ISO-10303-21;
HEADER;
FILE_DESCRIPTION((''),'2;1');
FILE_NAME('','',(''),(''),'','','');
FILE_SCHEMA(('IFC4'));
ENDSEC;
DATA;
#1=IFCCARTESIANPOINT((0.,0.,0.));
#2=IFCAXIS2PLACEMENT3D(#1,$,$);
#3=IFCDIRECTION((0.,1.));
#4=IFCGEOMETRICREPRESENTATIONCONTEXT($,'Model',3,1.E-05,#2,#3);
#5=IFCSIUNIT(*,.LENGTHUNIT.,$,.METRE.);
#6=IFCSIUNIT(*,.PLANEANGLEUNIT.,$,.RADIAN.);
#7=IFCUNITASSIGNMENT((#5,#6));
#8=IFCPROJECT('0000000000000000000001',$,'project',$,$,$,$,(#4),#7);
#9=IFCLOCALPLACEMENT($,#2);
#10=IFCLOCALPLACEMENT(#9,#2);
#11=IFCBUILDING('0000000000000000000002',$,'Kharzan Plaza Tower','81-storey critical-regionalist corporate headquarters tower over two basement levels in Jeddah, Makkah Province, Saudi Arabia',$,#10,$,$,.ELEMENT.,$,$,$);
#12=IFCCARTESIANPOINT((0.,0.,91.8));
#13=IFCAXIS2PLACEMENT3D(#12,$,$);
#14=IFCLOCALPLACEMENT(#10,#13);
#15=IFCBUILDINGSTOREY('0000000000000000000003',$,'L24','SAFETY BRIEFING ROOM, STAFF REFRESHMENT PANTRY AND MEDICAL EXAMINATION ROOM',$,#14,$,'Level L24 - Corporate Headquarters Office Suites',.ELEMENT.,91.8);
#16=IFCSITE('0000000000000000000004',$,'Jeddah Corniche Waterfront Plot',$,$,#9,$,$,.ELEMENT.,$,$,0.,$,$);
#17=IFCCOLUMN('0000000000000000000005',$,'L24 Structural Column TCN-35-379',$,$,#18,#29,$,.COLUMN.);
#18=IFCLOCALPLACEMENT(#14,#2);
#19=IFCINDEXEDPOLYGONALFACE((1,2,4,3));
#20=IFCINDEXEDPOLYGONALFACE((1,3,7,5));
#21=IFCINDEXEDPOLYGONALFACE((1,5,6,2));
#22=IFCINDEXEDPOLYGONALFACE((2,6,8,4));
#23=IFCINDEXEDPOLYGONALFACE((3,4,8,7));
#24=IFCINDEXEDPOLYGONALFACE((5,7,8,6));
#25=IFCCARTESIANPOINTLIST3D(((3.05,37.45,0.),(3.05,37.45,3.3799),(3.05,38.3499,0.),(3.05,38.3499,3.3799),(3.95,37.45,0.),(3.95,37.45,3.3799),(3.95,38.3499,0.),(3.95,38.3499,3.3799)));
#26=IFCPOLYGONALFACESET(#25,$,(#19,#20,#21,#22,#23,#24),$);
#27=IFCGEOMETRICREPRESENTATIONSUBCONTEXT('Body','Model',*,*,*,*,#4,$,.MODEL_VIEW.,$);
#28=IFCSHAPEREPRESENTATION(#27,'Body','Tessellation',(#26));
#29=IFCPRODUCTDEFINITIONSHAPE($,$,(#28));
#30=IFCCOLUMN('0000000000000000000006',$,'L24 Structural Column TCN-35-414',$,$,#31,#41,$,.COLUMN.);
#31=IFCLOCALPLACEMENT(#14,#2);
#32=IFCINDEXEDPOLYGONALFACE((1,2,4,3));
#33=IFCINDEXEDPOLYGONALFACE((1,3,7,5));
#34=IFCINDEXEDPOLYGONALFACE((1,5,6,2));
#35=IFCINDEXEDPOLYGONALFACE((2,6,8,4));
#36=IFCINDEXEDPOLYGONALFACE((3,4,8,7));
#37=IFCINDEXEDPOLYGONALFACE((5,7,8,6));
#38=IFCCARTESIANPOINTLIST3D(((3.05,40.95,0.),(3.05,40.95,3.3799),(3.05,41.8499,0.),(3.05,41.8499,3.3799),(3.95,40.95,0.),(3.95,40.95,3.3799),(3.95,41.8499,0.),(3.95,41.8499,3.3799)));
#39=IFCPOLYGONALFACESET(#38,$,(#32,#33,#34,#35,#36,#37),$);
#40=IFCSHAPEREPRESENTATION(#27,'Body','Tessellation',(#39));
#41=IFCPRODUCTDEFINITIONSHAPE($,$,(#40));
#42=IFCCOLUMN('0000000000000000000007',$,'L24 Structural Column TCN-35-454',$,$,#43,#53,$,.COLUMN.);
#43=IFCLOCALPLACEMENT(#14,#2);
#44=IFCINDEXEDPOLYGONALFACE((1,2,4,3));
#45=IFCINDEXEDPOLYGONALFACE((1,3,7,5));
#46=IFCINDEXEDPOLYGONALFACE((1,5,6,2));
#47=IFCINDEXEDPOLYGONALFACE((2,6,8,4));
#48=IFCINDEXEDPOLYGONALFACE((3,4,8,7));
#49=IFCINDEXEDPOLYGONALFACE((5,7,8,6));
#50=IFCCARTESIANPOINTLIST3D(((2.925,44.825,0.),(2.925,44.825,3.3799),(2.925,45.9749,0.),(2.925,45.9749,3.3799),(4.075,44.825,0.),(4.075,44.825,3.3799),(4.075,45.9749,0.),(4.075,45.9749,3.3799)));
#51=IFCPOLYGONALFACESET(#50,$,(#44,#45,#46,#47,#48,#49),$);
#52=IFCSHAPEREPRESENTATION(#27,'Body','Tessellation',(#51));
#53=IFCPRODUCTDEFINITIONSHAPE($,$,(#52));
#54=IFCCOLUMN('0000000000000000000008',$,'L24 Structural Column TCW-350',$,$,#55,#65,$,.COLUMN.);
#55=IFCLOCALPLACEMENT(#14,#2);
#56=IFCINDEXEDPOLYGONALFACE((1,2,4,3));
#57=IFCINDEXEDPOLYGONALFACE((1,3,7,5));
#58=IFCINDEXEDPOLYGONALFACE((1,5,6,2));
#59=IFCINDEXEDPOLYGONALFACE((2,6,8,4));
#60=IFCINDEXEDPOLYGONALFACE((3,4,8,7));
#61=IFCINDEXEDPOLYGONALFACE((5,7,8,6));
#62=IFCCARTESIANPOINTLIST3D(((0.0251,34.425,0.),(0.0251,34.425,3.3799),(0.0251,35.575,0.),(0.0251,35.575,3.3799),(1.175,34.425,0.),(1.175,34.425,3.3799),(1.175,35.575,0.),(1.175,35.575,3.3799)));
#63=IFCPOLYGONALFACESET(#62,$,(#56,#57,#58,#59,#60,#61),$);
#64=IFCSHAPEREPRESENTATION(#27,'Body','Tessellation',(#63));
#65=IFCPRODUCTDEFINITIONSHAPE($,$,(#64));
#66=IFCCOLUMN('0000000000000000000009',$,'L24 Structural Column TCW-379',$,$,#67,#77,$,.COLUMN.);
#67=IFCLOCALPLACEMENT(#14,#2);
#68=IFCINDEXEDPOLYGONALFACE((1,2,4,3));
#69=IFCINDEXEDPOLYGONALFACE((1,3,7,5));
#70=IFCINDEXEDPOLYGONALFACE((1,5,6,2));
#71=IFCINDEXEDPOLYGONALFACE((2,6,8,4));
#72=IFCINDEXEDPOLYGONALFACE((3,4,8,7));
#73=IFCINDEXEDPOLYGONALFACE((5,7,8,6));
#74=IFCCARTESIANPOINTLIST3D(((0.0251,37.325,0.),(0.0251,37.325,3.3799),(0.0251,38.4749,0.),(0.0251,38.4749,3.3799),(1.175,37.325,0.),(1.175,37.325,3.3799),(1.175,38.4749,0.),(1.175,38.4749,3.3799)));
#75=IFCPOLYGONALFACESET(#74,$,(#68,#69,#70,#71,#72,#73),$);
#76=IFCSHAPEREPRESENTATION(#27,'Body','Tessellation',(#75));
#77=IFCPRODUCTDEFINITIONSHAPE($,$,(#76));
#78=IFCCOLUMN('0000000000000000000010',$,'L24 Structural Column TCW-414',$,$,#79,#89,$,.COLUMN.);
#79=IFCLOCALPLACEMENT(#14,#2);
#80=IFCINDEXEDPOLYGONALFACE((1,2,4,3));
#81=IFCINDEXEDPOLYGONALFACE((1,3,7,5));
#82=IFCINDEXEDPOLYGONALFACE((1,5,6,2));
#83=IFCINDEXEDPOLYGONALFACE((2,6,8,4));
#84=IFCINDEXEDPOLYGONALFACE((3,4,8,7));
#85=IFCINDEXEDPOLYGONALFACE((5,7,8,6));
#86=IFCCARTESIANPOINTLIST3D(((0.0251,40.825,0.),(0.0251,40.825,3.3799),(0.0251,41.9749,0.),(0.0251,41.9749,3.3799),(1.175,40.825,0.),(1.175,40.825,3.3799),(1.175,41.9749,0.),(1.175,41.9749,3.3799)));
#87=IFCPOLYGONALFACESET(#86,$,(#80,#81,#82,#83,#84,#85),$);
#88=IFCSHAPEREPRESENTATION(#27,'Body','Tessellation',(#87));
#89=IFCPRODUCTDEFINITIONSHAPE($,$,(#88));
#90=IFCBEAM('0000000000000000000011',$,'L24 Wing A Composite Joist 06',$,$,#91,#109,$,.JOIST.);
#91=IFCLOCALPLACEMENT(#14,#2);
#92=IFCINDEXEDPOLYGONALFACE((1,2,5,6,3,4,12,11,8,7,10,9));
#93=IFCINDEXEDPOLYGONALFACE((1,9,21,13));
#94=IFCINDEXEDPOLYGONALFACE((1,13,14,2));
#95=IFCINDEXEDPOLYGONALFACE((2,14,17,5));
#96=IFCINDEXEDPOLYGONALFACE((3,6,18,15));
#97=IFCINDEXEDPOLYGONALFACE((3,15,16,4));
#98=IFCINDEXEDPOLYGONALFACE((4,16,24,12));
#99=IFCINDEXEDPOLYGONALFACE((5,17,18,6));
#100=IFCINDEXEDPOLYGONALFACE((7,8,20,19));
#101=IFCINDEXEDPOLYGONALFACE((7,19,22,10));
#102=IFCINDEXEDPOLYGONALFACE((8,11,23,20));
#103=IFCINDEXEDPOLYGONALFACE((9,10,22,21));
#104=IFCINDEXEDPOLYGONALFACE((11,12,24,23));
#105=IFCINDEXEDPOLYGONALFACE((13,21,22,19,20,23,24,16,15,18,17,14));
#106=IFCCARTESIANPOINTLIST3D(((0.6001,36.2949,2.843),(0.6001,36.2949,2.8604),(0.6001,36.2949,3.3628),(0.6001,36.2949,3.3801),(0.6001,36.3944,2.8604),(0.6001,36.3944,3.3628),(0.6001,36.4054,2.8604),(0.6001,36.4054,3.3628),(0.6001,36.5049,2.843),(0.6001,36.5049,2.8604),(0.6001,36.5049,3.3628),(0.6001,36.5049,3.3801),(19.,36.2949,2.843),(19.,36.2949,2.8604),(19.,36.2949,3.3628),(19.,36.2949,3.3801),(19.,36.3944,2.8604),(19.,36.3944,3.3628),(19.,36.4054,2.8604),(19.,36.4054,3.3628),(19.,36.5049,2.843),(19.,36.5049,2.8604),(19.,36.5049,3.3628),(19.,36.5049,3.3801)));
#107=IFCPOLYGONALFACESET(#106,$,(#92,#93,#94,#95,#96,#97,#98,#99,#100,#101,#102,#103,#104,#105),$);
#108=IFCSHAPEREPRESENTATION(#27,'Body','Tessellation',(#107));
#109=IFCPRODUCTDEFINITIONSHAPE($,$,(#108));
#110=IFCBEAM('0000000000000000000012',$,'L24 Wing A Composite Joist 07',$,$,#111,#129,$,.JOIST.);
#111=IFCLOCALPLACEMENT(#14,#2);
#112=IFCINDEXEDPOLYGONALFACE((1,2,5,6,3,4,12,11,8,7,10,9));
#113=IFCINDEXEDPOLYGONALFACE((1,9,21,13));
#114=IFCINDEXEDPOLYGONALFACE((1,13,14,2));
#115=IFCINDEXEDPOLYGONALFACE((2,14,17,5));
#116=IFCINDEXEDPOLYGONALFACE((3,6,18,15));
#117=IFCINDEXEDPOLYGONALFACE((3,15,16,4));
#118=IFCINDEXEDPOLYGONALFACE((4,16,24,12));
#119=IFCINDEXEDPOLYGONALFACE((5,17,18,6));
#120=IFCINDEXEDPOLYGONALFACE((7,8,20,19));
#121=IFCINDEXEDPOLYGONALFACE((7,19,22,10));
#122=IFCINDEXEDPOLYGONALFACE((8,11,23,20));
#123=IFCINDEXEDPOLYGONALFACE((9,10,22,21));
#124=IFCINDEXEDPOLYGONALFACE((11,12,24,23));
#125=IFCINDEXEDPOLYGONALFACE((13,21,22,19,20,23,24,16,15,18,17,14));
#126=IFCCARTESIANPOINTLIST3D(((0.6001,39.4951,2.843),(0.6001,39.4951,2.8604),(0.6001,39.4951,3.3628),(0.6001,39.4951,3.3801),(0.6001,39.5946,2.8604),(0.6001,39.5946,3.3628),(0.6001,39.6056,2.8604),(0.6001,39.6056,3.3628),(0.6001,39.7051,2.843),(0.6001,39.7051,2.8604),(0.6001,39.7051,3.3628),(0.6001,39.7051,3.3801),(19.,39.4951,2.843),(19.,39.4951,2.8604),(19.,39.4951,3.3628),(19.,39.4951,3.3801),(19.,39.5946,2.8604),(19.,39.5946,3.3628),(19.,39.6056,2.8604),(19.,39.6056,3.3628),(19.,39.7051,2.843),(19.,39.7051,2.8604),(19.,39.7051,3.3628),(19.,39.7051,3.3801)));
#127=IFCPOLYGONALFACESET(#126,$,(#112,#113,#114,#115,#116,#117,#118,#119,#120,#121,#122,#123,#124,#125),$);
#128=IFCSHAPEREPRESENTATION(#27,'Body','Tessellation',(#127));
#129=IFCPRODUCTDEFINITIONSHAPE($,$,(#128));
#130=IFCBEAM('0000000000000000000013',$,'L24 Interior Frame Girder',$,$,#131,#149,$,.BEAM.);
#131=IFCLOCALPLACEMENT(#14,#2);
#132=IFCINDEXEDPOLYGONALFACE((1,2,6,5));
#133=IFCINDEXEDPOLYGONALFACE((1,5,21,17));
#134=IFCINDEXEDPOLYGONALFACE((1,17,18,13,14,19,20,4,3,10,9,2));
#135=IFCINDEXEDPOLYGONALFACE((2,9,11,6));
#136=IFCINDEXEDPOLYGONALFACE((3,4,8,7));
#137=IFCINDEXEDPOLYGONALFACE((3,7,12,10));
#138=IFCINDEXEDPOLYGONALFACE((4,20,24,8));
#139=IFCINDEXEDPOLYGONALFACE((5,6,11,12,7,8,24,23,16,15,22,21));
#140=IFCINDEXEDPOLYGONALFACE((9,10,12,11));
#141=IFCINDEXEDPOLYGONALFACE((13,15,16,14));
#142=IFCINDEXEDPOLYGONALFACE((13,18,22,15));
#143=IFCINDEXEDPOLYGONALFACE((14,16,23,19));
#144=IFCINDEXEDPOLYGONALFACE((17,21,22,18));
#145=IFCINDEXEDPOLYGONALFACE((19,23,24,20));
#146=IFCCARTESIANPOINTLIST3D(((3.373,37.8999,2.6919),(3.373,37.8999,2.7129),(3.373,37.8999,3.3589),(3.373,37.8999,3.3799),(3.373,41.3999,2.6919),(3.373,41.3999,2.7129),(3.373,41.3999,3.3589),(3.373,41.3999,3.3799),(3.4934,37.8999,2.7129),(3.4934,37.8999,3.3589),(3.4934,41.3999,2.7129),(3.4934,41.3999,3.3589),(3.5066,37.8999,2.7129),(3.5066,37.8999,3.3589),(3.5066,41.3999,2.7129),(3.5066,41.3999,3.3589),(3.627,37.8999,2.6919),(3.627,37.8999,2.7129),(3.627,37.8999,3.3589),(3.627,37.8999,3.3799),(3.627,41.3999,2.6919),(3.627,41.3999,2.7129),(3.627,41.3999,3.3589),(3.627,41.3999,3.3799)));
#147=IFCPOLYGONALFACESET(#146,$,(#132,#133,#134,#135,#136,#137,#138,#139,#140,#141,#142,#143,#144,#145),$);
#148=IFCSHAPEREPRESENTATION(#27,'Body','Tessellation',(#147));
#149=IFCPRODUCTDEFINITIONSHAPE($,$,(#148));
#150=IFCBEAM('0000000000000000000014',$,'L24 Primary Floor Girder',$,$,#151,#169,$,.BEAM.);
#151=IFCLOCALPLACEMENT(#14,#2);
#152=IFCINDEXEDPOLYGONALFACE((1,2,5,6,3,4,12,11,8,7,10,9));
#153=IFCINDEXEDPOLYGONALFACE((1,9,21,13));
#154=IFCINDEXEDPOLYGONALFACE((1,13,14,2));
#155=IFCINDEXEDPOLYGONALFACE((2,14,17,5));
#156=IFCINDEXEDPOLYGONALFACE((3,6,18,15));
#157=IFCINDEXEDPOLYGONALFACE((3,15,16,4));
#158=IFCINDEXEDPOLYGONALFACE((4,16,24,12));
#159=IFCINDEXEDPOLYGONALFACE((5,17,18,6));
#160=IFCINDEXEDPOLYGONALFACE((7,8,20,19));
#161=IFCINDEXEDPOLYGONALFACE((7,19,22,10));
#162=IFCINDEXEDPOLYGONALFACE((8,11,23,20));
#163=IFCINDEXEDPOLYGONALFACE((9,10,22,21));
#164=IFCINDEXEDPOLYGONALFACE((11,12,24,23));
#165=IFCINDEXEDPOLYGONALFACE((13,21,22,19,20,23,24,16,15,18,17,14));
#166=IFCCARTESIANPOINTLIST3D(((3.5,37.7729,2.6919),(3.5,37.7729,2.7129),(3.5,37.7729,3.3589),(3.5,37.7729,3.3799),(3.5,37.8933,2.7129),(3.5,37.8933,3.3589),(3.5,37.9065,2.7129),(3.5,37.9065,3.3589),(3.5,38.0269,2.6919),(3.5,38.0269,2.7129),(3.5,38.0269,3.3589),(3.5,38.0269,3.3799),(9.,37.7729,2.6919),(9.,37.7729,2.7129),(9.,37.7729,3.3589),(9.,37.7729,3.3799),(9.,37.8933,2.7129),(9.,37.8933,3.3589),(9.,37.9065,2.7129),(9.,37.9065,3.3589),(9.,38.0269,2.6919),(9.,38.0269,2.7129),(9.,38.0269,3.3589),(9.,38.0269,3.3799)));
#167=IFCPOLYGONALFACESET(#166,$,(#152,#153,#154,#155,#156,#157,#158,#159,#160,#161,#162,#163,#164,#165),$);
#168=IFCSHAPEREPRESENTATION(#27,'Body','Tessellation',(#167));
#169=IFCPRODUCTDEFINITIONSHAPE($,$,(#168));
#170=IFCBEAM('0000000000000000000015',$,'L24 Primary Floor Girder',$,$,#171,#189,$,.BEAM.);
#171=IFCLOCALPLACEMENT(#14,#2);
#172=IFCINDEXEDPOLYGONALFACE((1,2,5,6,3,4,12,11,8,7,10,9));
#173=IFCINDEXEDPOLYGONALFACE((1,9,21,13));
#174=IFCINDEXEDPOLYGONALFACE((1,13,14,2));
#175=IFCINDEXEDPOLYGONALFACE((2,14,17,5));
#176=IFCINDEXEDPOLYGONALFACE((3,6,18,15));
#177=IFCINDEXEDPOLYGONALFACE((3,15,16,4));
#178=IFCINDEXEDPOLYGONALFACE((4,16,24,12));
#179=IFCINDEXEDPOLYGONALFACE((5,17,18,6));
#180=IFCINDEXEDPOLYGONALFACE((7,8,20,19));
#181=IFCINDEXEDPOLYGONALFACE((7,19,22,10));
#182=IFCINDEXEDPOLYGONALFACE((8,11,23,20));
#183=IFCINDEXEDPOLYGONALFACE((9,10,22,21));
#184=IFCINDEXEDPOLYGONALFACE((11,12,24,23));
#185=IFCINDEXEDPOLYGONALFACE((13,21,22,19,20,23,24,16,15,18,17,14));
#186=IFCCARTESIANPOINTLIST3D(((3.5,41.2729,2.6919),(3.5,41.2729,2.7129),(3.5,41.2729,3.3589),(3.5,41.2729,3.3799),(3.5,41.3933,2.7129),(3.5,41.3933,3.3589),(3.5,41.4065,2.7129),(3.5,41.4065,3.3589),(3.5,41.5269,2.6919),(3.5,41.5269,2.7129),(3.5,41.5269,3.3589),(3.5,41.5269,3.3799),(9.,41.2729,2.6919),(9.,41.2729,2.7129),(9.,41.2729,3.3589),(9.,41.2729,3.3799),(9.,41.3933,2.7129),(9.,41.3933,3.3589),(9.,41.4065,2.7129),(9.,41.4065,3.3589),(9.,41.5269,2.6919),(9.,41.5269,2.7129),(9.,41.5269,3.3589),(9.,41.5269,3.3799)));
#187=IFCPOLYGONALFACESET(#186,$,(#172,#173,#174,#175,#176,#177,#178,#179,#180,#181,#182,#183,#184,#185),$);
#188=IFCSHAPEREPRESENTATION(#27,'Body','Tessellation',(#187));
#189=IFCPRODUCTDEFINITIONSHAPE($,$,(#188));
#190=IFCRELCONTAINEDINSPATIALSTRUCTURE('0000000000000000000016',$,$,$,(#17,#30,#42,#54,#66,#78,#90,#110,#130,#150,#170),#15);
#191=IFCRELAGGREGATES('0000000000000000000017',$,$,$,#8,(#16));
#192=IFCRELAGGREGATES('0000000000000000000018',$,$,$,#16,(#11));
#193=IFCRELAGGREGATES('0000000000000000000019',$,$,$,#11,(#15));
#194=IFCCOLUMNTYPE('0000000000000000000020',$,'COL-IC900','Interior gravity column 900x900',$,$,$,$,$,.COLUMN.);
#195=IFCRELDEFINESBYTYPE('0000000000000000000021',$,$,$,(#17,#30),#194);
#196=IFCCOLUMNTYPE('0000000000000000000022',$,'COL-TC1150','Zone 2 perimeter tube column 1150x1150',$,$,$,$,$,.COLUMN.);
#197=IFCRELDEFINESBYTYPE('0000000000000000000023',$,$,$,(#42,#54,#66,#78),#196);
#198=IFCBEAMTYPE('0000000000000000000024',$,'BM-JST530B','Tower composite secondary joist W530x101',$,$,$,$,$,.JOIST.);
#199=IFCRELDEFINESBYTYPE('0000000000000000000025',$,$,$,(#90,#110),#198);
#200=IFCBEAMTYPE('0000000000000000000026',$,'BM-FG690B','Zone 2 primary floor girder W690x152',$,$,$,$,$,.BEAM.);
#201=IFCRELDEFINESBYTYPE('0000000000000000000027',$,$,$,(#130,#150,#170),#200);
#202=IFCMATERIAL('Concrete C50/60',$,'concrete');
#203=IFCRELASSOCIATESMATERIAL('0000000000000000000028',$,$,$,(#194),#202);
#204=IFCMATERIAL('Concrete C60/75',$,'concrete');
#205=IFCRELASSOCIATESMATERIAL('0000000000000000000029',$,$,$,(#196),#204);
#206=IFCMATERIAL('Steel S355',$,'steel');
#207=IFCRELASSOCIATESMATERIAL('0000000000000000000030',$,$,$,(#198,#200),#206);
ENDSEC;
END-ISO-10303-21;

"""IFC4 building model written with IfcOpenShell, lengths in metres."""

from ifc_helpers import new_model, si_unit, direction, frame, origin, origin_2d, place, context, subcontext, project, spatial, rectangle, i_section, extrude, source, transform, mapped, material, material_profile, profile_set, type_object, element, save


model = new_model("IFC4")

# Units and contexts
model_context = context("Model", 3, precision=1e-05, world=origin(), true_north=direction((0.0, 1.0)))
body_context = subcontext(model_context, "Body", "Model", "MODEL_VIEW")
ifc_project = project(units=[si_unit("LENGTHUNIT", "METRE"), si_unit("PLANEANGLEUNIT", "RADIAN")], contexts=[model_context])

# Site, building, storey
site_placement = place(None, origin())
site = spatial("IfcSite", under=ifc_project, at=site_placement, Name="Jeddah Corniche Waterfront Plot", CompositionType="ELEMENT", RefElevation=0.0)
building_placement = place(site_placement, origin())
building = spatial("IfcBuilding", under=site, at=building_placement, Name="Kharzan Plaza Tower", Description="81-storey critical-regionalist corporate headquarters tower over two basement levels in Jeddah, Makkah Province, Saudi Arabia", CompositionType="ELEMENT")
storey_placement = place(building_placement, frame((0.0, 0.0, 91.8)))
storey = spatial("IfcBuildingStorey", under=building, at=storey_placement, Name="L24", Description="SAFETY BRIEFING ROOM, STAFF REFRESHMENT PANTRY AND MEDICAL EXAMINATION ROOM", LongName="Level L24 - Corporate Headquarters Office Suites", CompositionType="ELEMENT", Elevation=91.8)

# Columns
ifc_material_1 = material(Name="Concrete C50/60", Category="concrete")
ifc_material_profile_1 = material_profile(ifc_material_1, rectangle(XDim=0.8999, YDim=0.8999, at=origin_2d()), Name="RC-IC900x900")
ifc_profile_set_1 = profile_set([ifc_material_profile_1], Name="Concrete C50/60")
column_type_1 = type_object("IfcColumnType", Name="COL-IC900", Description="Interior gravity column 900x900", PredefinedType="COLUMN", material=ifc_profile_set_1)
shared_shape_1 = source(origin(), body_context, "Body", "SweptSolid", [
    extrude(rectangle(XDim=0.8999, YDim=0.8999, at=origin_2d()), origin(), (0.0, 0.0, 1.0), 3.3799),
])
for number, where, z_axis, x_axis, name in (
    (1, (3.5, 37.8999, 0.0), (0.0, 0.0, 1.0), (1.0, 0.0, 0.0), "L24 Structural Column TCN-35-379"),
    (2, (3.5, 41.3999, 0.0), (0.0, 0.0, 1.0), (1.0, 0.0, 0.0), "L24 Structural Column TCN-35-414"),
):
    element("IfcColumn", number, at=place(storey_placement, frame(where, z_axis=z_axis, x_axis=x_axis)), inside=storey, type_object=column_type_1, Name=name, PredefinedType="COLUMN", context=body_context, shape_type="MappedRepresentation", body=[
        mapped(shared_shape_1, transform((0.0, 0.0, 0.0), x_axis=(1.0, 0.0, 0.0), y_axis=(0.0, 1.0, 0.0), z_axis=(0.0, 0.0, 1.0))),
    ])
ifc_material_2 = material(Name="Concrete C60/75", Category="concrete")
ifc_material_profile_2 = material_profile(ifc_material_2, rectangle(XDim=1.1499, YDim=1.1499, at=origin_2d()), Name="RC-TC1150x1150")
ifc_profile_set_2 = profile_set([ifc_material_profile_2], Name="Concrete C60/75")
column_type_2 = type_object("IfcColumnType", Name="COL-TC1150", Description="Zone 2 perimeter tube column 1150x1150", PredefinedType="COLUMN", material=ifc_profile_set_2)
shared_shape_2 = source(origin(), body_context, "Body", "SweptSolid", [
    extrude(rectangle(XDim=1.1499, YDim=1.1499, at=origin_2d()), origin(), (0.0, 0.0, 1.0), 3.3799),
])
for number, where, z_axis, x_axis, name in (
    (3, (3.5, 45.3999, 0.0), (0.0, 0.0, 1.0), (1.0, 0.0, 0.0), "L24 Structural Column TCN-35-454"),
    (4, (0.6001, 35.0, 0.0), (0.0, 0.0, 1.0), (1.0, 0.0, 0.0), "L24 Structural Column TCW-350"),
    (5, (0.6001, 37.8999, 0.0), (0.0, 0.0, 1.0), (1.0, 0.0, 0.0), "L24 Structural Column TCW-379"),
    (6, (0.6001, 41.3999, 0.0), (0.0, 0.0, 1.0), (1.0, 0.0, 0.0), "L24 Structural Column TCW-414"),
):
    element("IfcColumn", number, at=place(storey_placement, frame(where, z_axis=z_axis, x_axis=x_axis)), inside=storey, type_object=column_type_2, Name=name, PredefinedType="COLUMN", context=body_context, shape_type="MappedRepresentation", body=[
        mapped(shared_shape_2, transform((0.0, 0.0, 0.0), x_axis=(1.0, 0.0, 0.0), y_axis=(0.0, 1.0, 0.0), z_axis=(0.0, 0.0, 1.0))),
    ])

# Beams
ifc_material_3 = material(Name="Steel S355", Category="steel")
ifc_material_profile_3 = material_profile(ifc_material_3, i_section(OverallWidth=0.21, OverallDepth=0.5371, WebThickness=0.011, FlangeThickness=0.0173, at=origin_2d()), Name="W530x101")
ifc_profile_set_3 = profile_set([ifc_material_profile_3], Name="Steel S355")
beam_type_1 = type_object("IfcBeamType", Name="BM-JST530B", Description="Tower composite secondary joist W530x101", PredefinedType="JOIST", material=ifc_profile_set_3)
shared_shape_3 = source(origin(), body_context, "Body", "SweptSolid", [
    extrude(i_section(OverallWidth=0.21, OverallDepth=0.5371, WebThickness=0.011, FlangeThickness=0.0173, at=origin_2d()), origin(), (0.0, 0.0, 1.0), 18.3999),
])
for number, where, z_axis, x_axis, name in (
    (7, (0.6001, 36.3999, 3.1116), (1.0, 0.0, 0.0), (0.0, 1.0, 0.0), "L24 Wing A Composite Joist 06"),
    (8, (0.6001, 39.6001, 3.1116), (1.0, 0.0, 0.0), (0.0, 1.0, 0.0), "L24 Wing A Composite Joist 07"),
):
    element("IfcBeam", number, at=place(storey_placement, frame(where, z_axis=z_axis, x_axis=x_axis)), inside=storey, type_object=beam_type_1, Name=name, PredefinedType="JOIST", context=body_context, shape_type="MappedRepresentation", body=[
        mapped(shared_shape_3, transform((0.0, 0.0, 0.0), x_axis=(1.0, 0.0, 0.0), y_axis=(0.0, 1.0, 0.0), z_axis=(0.0, 0.0, 1.0))),
    ])
ifc_material_profile_4 = material_profile(ifc_material_3, i_section(OverallWidth=0.2539, OverallDepth=0.688, WebThickness=0.0132, FlangeThickness=0.021, at=origin_2d()), Name="W690x152")
ifc_profile_set_4 = profile_set([ifc_material_profile_4], Name="Steel S355")
beam_type_2 = type_object("IfcBeamType", Name="BM-FG690B", Description="Zone 2 primary floor girder W690x152", PredefinedType="BEAM", material=ifc_profile_set_4)
shared_shape_4 = source(origin(), body_context, "Body", "SweptSolid", [
    extrude(i_section(OverallWidth=0.2539, OverallDepth=0.688, WebThickness=0.0132, FlangeThickness=0.021, at=origin_2d()), origin(), (0.0, 0.0, 1.0), 3.5),
])
beam_1_placement = place(storey_placement, frame((3.5, 37.8999, 3.0359), z_axis=(0.0, 1.0, 0.0), x_axis=(-1.0, 0.0, 0.0)))
element("IfcBeam", 9, at=beam_1_placement, inside=storey, type_object=beam_type_2, Name="L24 Interior Frame Girder", PredefinedType="BEAM", context=body_context, shape_type="MappedRepresentation", body=[
    mapped(shared_shape_4, transform((0.0, 0.0, 0.0), x_axis=(1.0, 0.0, 0.0), y_axis=(0.0, 1.0, 0.0), z_axis=(0.0, 0.0, 1.0))),
])
shared_shape_5 = source(origin(), body_context, "Body", "SweptSolid", [
    extrude(i_section(OverallWidth=0.2539, OverallDepth=0.688, WebThickness=0.0132, FlangeThickness=0.021, at=origin_2d()), origin(), (0.0, 0.0, 1.0), 5.5),
])
for number, where, z_axis, x_axis, name in (
    (10, (3.5, 37.8999, 3.0359), (1.0, 0.0, 0.0), (0.0, 1.0, 0.0), "L24 Primary Floor Girder"),
    (11, (3.5, 41.3999, 3.0359), (1.0, 0.0, 0.0), (0.0, 1.0, 0.0), "L24 Primary Floor Girder"),
):
    element("IfcBeam", number, at=place(storey_placement, frame(where, z_axis=z_axis, x_axis=x_axis)), inside=storey, type_object=beam_type_2, Name=name, PredefinedType="BEAM", context=body_context, shape_type="MappedRepresentation", body=[
        mapped(shared_shape_5, transform((0.0, 0.0, 0.0), x_axis=(1.0, 0.0, 0.0), y_axis=(0.0, 1.0, 0.0), z_axis=(0.0, 0.0, 1.0))),
    ])

save(model, "model.ifc")
